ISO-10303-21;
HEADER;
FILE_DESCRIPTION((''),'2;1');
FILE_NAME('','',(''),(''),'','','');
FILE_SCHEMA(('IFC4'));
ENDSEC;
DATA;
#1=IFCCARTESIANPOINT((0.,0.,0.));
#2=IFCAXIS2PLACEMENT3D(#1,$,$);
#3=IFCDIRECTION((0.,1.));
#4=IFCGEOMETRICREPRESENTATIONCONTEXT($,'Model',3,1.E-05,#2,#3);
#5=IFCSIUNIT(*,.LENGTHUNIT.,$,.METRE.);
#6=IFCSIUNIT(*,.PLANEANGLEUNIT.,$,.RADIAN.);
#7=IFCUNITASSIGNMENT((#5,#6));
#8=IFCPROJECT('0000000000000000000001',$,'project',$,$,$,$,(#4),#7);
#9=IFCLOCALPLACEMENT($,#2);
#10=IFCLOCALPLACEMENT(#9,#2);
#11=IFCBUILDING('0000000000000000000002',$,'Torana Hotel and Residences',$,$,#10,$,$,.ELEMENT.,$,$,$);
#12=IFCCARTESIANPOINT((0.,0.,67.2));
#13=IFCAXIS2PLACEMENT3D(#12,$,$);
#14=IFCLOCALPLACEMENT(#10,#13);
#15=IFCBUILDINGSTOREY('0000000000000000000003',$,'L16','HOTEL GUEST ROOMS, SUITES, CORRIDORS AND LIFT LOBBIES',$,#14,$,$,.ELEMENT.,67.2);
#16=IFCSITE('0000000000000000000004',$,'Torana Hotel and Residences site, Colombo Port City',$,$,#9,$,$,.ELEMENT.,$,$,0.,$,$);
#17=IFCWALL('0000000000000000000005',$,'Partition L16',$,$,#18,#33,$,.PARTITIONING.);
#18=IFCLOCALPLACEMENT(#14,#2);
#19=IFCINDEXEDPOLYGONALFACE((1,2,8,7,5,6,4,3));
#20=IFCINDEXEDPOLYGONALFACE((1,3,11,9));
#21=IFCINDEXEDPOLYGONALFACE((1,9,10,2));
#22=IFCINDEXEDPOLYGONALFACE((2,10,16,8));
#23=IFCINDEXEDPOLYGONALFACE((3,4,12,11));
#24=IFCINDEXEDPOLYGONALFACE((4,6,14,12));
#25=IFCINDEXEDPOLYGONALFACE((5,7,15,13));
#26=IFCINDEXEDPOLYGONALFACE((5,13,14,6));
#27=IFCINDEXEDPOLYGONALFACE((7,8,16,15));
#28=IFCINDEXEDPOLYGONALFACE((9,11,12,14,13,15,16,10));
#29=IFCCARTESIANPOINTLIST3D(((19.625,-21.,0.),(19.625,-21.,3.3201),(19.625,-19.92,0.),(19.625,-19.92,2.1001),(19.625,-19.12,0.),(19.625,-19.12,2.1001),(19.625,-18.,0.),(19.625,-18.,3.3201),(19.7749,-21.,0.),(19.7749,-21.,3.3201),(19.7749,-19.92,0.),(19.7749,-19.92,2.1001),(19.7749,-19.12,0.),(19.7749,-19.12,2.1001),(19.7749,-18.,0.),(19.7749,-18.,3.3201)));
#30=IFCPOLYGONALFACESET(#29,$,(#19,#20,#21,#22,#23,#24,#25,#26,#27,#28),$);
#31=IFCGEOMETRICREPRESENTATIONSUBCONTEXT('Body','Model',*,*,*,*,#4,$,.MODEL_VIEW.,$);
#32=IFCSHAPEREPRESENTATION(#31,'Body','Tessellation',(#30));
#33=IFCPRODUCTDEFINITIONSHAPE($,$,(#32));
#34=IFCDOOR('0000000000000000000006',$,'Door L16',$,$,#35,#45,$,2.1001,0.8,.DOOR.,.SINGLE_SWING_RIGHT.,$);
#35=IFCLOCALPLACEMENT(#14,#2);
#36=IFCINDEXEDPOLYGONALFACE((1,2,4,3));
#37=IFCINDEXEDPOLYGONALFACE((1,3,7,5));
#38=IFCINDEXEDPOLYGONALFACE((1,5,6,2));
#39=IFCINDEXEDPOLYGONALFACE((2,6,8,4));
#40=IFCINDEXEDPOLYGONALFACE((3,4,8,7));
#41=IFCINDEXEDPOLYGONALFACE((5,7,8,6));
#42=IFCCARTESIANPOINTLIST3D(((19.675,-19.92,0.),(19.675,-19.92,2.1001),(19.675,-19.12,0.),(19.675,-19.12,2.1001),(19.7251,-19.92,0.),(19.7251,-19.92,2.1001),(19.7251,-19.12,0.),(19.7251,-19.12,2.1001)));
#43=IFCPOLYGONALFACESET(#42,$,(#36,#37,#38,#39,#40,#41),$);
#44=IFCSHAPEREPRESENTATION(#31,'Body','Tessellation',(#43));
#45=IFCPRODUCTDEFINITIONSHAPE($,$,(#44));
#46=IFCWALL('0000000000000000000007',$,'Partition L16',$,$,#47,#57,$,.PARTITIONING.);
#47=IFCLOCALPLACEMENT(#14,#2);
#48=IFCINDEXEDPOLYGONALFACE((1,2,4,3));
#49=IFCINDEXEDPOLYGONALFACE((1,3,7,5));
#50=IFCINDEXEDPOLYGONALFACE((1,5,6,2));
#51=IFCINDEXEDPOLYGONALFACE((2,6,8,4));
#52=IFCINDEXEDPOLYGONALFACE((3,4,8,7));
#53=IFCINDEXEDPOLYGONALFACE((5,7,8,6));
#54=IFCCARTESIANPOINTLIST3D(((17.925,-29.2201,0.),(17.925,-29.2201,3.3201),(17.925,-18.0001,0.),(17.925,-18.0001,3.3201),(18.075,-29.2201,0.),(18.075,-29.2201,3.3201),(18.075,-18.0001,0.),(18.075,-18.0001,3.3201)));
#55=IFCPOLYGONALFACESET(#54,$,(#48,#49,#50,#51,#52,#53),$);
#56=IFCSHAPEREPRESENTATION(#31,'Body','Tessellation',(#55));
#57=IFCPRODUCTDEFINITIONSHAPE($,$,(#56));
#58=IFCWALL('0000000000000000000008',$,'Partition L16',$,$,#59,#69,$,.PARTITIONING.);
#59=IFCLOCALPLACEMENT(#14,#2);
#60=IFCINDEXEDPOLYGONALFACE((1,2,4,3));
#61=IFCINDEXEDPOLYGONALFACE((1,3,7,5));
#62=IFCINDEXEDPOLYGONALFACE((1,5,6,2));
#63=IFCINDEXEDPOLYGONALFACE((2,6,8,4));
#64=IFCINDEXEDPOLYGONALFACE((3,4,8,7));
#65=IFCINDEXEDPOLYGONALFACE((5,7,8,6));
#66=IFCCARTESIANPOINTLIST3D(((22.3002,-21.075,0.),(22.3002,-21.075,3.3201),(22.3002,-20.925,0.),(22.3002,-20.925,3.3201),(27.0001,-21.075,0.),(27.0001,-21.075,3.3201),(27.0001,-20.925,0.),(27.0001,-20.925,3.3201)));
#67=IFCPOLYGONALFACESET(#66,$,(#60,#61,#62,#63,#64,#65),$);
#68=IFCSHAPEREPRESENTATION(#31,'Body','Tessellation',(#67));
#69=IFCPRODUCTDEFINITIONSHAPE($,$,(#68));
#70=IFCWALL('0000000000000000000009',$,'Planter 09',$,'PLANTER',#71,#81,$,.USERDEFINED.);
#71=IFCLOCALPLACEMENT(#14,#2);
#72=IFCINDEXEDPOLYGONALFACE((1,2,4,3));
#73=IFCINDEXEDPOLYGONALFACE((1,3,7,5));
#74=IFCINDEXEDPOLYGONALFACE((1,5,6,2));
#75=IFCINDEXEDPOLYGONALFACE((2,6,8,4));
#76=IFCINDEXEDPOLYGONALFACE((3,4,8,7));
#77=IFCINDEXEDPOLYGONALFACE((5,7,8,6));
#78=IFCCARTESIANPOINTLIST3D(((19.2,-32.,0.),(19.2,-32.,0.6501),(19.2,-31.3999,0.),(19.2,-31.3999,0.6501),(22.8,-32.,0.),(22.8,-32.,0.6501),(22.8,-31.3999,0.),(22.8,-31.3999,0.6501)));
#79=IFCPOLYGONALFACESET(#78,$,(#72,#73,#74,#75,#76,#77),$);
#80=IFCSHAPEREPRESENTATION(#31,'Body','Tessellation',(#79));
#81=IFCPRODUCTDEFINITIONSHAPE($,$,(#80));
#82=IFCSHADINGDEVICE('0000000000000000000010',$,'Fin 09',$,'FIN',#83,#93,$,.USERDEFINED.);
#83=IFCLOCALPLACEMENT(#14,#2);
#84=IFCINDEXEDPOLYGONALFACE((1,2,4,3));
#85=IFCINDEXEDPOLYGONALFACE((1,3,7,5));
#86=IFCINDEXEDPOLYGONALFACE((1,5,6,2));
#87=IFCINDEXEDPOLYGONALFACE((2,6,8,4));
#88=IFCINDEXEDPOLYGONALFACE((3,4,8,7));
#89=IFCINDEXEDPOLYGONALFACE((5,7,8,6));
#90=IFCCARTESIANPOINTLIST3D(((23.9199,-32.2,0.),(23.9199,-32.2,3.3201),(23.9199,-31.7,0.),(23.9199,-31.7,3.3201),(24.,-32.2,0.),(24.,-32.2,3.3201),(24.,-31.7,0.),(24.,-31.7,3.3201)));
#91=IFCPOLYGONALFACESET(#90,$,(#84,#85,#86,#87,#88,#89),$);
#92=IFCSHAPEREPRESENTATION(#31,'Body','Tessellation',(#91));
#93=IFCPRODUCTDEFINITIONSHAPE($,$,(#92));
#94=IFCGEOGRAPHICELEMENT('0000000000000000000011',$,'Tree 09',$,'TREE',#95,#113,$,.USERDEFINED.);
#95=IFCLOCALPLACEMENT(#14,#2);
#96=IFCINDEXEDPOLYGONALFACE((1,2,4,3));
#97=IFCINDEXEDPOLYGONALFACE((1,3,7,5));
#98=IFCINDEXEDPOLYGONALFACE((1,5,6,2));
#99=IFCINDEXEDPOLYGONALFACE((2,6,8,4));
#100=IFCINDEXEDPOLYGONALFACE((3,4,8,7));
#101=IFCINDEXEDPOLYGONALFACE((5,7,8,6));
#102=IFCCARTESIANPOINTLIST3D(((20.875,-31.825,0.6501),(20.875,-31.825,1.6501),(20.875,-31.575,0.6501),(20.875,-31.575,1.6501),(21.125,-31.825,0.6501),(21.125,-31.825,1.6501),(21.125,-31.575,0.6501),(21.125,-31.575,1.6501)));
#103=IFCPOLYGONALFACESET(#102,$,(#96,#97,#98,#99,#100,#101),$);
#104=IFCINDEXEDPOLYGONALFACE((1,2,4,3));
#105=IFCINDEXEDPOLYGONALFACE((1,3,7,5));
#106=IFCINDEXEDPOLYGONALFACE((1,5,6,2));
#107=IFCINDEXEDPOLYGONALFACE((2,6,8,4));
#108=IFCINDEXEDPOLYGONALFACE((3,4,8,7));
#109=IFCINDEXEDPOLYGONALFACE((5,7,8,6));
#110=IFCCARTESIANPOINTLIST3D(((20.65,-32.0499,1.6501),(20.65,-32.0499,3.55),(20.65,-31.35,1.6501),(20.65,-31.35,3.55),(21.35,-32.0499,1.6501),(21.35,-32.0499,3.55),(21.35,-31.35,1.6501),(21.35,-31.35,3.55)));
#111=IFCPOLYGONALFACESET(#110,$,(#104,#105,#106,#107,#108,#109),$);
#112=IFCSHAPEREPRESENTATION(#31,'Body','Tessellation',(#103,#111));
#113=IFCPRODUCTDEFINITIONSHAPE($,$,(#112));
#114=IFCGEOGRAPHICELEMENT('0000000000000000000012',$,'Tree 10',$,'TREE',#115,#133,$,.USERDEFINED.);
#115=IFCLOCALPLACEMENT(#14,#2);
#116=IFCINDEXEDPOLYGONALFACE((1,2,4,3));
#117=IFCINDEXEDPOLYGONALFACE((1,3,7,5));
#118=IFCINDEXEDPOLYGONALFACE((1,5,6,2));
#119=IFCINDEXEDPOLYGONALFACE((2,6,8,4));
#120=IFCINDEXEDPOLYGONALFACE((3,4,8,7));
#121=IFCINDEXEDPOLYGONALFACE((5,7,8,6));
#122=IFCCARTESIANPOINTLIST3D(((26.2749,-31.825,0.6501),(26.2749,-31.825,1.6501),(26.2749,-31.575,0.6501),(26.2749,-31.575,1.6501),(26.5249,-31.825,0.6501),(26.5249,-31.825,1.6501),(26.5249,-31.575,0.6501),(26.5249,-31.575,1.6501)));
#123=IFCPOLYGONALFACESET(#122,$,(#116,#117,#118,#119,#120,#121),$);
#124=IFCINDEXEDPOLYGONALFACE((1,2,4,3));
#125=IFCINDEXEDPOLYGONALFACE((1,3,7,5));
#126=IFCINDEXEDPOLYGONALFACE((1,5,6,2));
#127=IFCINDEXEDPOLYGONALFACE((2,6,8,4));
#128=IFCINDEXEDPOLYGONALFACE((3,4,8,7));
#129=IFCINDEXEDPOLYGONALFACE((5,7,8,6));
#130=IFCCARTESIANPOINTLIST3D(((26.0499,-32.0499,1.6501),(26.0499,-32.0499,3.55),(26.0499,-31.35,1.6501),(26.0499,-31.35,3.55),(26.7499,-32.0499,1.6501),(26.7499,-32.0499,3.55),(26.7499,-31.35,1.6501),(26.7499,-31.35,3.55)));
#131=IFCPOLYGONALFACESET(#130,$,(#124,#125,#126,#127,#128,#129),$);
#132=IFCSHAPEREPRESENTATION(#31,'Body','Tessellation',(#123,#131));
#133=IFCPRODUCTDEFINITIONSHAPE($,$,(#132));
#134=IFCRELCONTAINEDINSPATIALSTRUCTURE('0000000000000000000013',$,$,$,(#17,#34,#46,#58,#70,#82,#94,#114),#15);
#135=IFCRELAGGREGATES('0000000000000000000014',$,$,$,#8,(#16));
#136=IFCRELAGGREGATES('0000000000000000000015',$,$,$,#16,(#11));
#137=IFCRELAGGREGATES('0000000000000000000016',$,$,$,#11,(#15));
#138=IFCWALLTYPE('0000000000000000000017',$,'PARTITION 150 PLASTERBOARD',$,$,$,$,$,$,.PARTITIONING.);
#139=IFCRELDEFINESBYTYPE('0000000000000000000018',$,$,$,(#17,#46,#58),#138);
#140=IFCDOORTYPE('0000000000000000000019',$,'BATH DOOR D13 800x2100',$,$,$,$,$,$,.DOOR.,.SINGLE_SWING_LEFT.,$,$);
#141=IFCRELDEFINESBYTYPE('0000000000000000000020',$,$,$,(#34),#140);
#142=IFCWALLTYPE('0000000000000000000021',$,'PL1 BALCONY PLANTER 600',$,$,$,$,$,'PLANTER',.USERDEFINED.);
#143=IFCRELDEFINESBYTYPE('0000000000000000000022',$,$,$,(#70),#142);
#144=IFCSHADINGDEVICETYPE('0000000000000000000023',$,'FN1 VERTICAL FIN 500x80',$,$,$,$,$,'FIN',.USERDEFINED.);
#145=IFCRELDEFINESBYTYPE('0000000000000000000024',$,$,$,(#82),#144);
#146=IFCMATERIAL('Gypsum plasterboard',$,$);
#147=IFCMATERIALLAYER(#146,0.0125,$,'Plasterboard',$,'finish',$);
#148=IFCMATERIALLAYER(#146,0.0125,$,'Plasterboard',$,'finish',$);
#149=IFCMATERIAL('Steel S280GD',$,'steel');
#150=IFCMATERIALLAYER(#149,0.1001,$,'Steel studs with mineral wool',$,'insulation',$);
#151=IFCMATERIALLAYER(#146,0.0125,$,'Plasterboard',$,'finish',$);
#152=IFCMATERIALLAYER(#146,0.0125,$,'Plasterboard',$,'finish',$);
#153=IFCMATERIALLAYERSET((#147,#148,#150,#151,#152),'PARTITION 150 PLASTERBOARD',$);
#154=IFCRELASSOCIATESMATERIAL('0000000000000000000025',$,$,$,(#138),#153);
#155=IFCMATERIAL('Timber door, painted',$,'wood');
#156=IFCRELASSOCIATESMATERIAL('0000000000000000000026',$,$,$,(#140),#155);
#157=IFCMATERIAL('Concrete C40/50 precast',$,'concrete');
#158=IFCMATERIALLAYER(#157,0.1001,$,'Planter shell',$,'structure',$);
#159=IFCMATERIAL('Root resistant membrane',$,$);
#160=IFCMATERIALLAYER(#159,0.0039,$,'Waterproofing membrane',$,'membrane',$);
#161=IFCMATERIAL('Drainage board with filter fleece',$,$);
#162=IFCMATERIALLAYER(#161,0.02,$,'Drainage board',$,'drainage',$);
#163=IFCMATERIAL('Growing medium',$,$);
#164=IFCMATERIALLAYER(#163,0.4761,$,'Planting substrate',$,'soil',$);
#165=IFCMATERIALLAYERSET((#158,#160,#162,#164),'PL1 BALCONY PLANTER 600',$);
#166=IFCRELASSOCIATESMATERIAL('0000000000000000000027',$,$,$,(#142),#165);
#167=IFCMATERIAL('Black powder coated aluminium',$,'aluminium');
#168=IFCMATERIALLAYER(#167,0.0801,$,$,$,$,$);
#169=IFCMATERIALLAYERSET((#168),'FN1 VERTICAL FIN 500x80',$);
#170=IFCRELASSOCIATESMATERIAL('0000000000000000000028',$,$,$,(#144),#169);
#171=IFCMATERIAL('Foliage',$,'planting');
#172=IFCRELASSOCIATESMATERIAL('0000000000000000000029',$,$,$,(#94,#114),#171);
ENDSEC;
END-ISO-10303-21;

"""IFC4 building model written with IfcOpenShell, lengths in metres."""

from ifc_helpers import new_model, si_unit, direction, frame, frame_2d, origin, origin_2d, place, context, subcontext, project, spatial, rectangle, extrude, material, layer, layer_set, type_object, element, fill, save


model = new_model("IFC4")

# Units and contexts
model_context = context("Model", 3, precision=1e-05, world=origin(), true_north=direction((0.0, 1.0)))
body_context = subcontext(model_context, "Body", "Model", "MODEL_VIEW")
ifc_project = project(units=[si_unit("LENGTHUNIT", "METRE"), si_unit("PLANEANGLEUNIT", "RADIAN")], contexts=[model_context])

# Site, building, storey
site_placement = place(None, origin())
site = spatial("IfcSite", under=ifc_project, at=site_placement, Name="Torana Hotel and Residences site, Colombo Port City", CompositionType="ELEMENT", RefElevation=0.0)
building_placement = place(site_placement, origin())
building = spatial("IfcBuilding", under=site, at=building_placement, Name="Torana Hotel and Residences", CompositionType="ELEMENT")
storey_placement = place(building_placement, frame((0.0, 0.0, 67.2)))
storey = spatial("IfcBuildingStorey", under=building, at=storey_placement, Name="L16", Description="HOTEL GUEST ROOMS, SUITES, CORRIDORS AND LIFT LOBBIES", CompositionType="ELEMENT", Elevation=67.2)

# Shared definitions
ifc_material_1 = material(Name="Gypsum plasterboard")
ifc_layer_1 = layer(ifc_material_1, 0.0125, Name="Plasterboard", Category="finish")
ifc_layer_2 = layer(ifc_material_1, 0.0125, Name="Plasterboard", Category="finish")
ifc_material_2 = material(Name="Steel S280GD", Category="steel")
ifc_layer_3 = layer(ifc_material_2, 0.1001, Name="Steel studs with mineral wool", Category="insulation")
ifc_layer_4 = layer(ifc_material_1, 0.0125, Name="Plasterboard", Category="finish")
ifc_layer_5 = layer(ifc_material_1, 0.0125, Name="Plasterboard", Category="finish")
ifc_layer_set_1 = layer_set([ifc_layer_1, ifc_layer_2, ifc_layer_3, ifc_layer_4, ifc_layer_5], Name="PARTITION 150 PLASTERBOARD")
wall_type_1 = type_object("IfcWallType", Name="PARTITION 150 PLASTERBOARD", PredefinedType="PARTITIONING", material=ifc_layer_set_1)

# Shared definitions
ifc_material_3 = material(Name="Timber door, painted", Category="wood")
door_type_1 = type_object("IfcDoorType", Name="BATH DOOR D13 800x2100", OperationType="SINGLE_SWING_LEFT", PredefinedType="DOOR", material=ifc_material_3)

# Wall, opening, door
wall_1_placement = place(storey_placement, frame((19.7, -21.0, 0.0), z_axis=(0.0, 0.0, 1.0), x_axis=(0.0, 1.0, 0.0)))
wall_1 = element("IfcWall", 1, at=wall_1_placement, inside=storey, type_object=wall_type_1, Name="Partition L16", PredefinedType="PARTITIONING", context=body_context, shape_type="SweptSolid", body=[
    extrude(rectangle(XDim=3.0, YDim=0.1499, at=frame_2d((1.5, 0.0))), origin(), (0.0, 0.0, 1.0), 3.3201),
])
opening_1_placement = place(wall_1_placement, frame((1.0801, 0.0, 0.0)))
opening_1 = element("IfcOpeningElement", 2, at=opening_1_placement, cuts=wall_1, PredefinedType="OPENING", context=body_context, shape_type="SweptSolid", body=[
    extrude(rectangle(XDim=0.8, YDim=2.1001, at=frame_2d((0.3999, 1.05))), frame((0.0, 0.085, 0.0), z_axis=(0.0, -1.0, 0.0), x_axis=(1.0, 0.0, 0.0)), (0.0, 0.0, 1.0), 0.1699),
])
door_1_placement = place(opening_1_placement, origin())
door_1 = element("IfcDoor", 3, at=door_1_placement, inside=storey, type_object=door_type_1, Name="Door L16", OperationType="SINGLE_SWING_RIGHT", OverallHeight=2.1001, OverallWidth=0.8, PredefinedType="DOOR", context=body_context, shape_type="SweptSolid", body=[
    extrude(rectangle(XDim=0.8, YDim=2.1001, at=frame_2d((0.3999, 1.05))), frame((0.0, 0.0249, 0.0), z_axis=(0.0, -1.0, 0.0), x_axis=(1.0, 0.0, 0.0)), (0.0, 0.0, 1.0), 0.05),
])
fill(opening_1, door_1)

# Walls
wall_2_placement = place(storey_placement, frame((18.0, -29.22, 0.0), z_axis=(0.0, 0.0, 1.0), x_axis=(0.0, 1.0, 0.0)))
element("IfcWall", 4, at=wall_2_placement, inside=storey, type_object=wall_type_1, Name="Partition L16", PredefinedType="PARTITIONING", context=body_context, shape_type="SweptSolid", body=[
    extrude(rectangle(XDim=11.22, YDim=0.1499, at=frame_2d((5.6099, 0.0))), origin(), (0.0, 0.0, 1.0), 3.3201),
])
wall_3_placement = place(storey_placement, frame((22.3, -21.0, 0.0), z_axis=(0.0, 0.0, 1.0), x_axis=(1.0, 0.0, 0.0)))
element("IfcWall", 5, at=wall_3_placement, inside=storey, type_object=wall_type_1, Name="Partition L16", PredefinedType="PARTITIONING", context=body_context, shape_type="SweptSolid", body=[
    extrude(rectangle(XDim=4.7, YDim=0.1499, at=frame_2d((2.3501, 0.0))), origin(), (0.0, 0.0, 1.0), 3.3201),
])
ifc_material_4 = material(Name="Concrete C40/50 precast", Category="concrete")
ifc_layer_6 = layer(ifc_material_4, 0.1001, Name="Planter shell", Category="structure")
ifc_material_5 = material(Name="Root resistant membrane")
ifc_layer_7 = layer(ifc_material_5, 0.0039, Name="Waterproofing membrane", Category="membrane")
ifc_material_6 = material(Name="Drainage board with filter fleece")
ifc_layer_8 = layer(ifc_material_6, 0.02, Name="Drainage board", Category="drainage")
ifc_material_7 = material(Name="Growing medium")
ifc_layer_9 = layer(ifc_material_7, 0.4761, Name="Planting substrate", Category="soil")
ifc_layer_set_2 = layer_set([ifc_layer_6, ifc_layer_7, ifc_layer_8, ifc_layer_9], Name="PL1 BALCONY PLANTER 600")
wall_type_2 = type_object("IfcWallType", Name="PL1 BALCONY PLANTER 600", ElementType="PLANTER", PredefinedType="USERDEFINED", material=ifc_layer_set_2)
wall_4_placement = place(storey_placement, frame((22.8, -31.7, 0.0), z_axis=(0.0, 0.0, 1.0), x_axis=(-1.0, 0.0, 0.0)))
element("IfcWall", 6, at=wall_4_placement, inside=storey, type_object=wall_type_2, Name="Planter 09", ObjectType="PLANTER", PredefinedType="USERDEFINED", context=body_context, shape_type="SweptSolid", body=[
    extrude(rectangle(XDim=3.6001, YDim=0.6001, at=frame_2d((1.8, 0.0))), origin(), (0.0, 0.0, 1.0), 0.6501),
])

# Shading device
ifc_material_8 = material(Name="Black powder coated aluminium", Category="aluminium")
ifc_layer_10 = layer(ifc_material_8, 0.0801)
ifc_layer_set_3 = layer_set([ifc_layer_10], Name="FN1 VERTICAL FIN 500x80")
shading_device_type = type_object("IfcShadingDeviceType", Name="FN1 VERTICAL FIN 500x80", ElementType="FIN", PredefinedType="USERDEFINED", material=ifc_layer_set_3)
shading_device_placement = place(storey_placement, frame((23.96, -31.95, 0.0), z_axis=(0.0, 0.0, 1.0), x_axis=(-1.0, 0.0, 0.0)))
element("IfcShadingDevice", 7, at=shading_device_placement, inside=storey, type_object=shading_device_type, Name="Fin 09", ObjectType="FIN", PredefinedType="USERDEFINED", context=body_context, shape_type="SweptSolid", body=[
    extrude(rectangle(XDim=0.0801, YDim=0.5, at=origin_2d()), origin(), (0.0, 0.0, 1.0), 3.3201),
])

# Geographic elements
ifc_material_9 = material(Name="Foliage", Category="planting")
for number, where, z_axis, x_axis, name in (
    (8, (21.0, -31.7, 0.6501), (0.0, 0.0, 1.0), (1.0, 0.0, 0.0), "Tree 09"),
    (9, (26.3999, -31.7, 0.6501), (0.0, 0.0, 1.0), (1.0, 0.0, 0.0), "Tree 10"),
):
    element("IfcGeographicElement", number, at=place(storey_placement, frame(where, z_axis=z_axis, x_axis=x_axis)), inside=storey, material=ifc_material_9, Name=name, ObjectType="TREE", PredefinedType="USERDEFINED", context=body_context, shape_type="SweptSolid", body=[
        extrude(rectangle(XDim=0.25, YDim=0.25, at=origin_2d()), origin(), (0.0, 0.0, 1.0), 1.0),
        extrude(rectangle(XDim=0.7, YDim=0.7, at=origin_2d()), frame((0.0, 0.0, 1.0)), (0.0, 0.0, 1.0), 1.8999),
    ])

save(model, "model.ifc")
